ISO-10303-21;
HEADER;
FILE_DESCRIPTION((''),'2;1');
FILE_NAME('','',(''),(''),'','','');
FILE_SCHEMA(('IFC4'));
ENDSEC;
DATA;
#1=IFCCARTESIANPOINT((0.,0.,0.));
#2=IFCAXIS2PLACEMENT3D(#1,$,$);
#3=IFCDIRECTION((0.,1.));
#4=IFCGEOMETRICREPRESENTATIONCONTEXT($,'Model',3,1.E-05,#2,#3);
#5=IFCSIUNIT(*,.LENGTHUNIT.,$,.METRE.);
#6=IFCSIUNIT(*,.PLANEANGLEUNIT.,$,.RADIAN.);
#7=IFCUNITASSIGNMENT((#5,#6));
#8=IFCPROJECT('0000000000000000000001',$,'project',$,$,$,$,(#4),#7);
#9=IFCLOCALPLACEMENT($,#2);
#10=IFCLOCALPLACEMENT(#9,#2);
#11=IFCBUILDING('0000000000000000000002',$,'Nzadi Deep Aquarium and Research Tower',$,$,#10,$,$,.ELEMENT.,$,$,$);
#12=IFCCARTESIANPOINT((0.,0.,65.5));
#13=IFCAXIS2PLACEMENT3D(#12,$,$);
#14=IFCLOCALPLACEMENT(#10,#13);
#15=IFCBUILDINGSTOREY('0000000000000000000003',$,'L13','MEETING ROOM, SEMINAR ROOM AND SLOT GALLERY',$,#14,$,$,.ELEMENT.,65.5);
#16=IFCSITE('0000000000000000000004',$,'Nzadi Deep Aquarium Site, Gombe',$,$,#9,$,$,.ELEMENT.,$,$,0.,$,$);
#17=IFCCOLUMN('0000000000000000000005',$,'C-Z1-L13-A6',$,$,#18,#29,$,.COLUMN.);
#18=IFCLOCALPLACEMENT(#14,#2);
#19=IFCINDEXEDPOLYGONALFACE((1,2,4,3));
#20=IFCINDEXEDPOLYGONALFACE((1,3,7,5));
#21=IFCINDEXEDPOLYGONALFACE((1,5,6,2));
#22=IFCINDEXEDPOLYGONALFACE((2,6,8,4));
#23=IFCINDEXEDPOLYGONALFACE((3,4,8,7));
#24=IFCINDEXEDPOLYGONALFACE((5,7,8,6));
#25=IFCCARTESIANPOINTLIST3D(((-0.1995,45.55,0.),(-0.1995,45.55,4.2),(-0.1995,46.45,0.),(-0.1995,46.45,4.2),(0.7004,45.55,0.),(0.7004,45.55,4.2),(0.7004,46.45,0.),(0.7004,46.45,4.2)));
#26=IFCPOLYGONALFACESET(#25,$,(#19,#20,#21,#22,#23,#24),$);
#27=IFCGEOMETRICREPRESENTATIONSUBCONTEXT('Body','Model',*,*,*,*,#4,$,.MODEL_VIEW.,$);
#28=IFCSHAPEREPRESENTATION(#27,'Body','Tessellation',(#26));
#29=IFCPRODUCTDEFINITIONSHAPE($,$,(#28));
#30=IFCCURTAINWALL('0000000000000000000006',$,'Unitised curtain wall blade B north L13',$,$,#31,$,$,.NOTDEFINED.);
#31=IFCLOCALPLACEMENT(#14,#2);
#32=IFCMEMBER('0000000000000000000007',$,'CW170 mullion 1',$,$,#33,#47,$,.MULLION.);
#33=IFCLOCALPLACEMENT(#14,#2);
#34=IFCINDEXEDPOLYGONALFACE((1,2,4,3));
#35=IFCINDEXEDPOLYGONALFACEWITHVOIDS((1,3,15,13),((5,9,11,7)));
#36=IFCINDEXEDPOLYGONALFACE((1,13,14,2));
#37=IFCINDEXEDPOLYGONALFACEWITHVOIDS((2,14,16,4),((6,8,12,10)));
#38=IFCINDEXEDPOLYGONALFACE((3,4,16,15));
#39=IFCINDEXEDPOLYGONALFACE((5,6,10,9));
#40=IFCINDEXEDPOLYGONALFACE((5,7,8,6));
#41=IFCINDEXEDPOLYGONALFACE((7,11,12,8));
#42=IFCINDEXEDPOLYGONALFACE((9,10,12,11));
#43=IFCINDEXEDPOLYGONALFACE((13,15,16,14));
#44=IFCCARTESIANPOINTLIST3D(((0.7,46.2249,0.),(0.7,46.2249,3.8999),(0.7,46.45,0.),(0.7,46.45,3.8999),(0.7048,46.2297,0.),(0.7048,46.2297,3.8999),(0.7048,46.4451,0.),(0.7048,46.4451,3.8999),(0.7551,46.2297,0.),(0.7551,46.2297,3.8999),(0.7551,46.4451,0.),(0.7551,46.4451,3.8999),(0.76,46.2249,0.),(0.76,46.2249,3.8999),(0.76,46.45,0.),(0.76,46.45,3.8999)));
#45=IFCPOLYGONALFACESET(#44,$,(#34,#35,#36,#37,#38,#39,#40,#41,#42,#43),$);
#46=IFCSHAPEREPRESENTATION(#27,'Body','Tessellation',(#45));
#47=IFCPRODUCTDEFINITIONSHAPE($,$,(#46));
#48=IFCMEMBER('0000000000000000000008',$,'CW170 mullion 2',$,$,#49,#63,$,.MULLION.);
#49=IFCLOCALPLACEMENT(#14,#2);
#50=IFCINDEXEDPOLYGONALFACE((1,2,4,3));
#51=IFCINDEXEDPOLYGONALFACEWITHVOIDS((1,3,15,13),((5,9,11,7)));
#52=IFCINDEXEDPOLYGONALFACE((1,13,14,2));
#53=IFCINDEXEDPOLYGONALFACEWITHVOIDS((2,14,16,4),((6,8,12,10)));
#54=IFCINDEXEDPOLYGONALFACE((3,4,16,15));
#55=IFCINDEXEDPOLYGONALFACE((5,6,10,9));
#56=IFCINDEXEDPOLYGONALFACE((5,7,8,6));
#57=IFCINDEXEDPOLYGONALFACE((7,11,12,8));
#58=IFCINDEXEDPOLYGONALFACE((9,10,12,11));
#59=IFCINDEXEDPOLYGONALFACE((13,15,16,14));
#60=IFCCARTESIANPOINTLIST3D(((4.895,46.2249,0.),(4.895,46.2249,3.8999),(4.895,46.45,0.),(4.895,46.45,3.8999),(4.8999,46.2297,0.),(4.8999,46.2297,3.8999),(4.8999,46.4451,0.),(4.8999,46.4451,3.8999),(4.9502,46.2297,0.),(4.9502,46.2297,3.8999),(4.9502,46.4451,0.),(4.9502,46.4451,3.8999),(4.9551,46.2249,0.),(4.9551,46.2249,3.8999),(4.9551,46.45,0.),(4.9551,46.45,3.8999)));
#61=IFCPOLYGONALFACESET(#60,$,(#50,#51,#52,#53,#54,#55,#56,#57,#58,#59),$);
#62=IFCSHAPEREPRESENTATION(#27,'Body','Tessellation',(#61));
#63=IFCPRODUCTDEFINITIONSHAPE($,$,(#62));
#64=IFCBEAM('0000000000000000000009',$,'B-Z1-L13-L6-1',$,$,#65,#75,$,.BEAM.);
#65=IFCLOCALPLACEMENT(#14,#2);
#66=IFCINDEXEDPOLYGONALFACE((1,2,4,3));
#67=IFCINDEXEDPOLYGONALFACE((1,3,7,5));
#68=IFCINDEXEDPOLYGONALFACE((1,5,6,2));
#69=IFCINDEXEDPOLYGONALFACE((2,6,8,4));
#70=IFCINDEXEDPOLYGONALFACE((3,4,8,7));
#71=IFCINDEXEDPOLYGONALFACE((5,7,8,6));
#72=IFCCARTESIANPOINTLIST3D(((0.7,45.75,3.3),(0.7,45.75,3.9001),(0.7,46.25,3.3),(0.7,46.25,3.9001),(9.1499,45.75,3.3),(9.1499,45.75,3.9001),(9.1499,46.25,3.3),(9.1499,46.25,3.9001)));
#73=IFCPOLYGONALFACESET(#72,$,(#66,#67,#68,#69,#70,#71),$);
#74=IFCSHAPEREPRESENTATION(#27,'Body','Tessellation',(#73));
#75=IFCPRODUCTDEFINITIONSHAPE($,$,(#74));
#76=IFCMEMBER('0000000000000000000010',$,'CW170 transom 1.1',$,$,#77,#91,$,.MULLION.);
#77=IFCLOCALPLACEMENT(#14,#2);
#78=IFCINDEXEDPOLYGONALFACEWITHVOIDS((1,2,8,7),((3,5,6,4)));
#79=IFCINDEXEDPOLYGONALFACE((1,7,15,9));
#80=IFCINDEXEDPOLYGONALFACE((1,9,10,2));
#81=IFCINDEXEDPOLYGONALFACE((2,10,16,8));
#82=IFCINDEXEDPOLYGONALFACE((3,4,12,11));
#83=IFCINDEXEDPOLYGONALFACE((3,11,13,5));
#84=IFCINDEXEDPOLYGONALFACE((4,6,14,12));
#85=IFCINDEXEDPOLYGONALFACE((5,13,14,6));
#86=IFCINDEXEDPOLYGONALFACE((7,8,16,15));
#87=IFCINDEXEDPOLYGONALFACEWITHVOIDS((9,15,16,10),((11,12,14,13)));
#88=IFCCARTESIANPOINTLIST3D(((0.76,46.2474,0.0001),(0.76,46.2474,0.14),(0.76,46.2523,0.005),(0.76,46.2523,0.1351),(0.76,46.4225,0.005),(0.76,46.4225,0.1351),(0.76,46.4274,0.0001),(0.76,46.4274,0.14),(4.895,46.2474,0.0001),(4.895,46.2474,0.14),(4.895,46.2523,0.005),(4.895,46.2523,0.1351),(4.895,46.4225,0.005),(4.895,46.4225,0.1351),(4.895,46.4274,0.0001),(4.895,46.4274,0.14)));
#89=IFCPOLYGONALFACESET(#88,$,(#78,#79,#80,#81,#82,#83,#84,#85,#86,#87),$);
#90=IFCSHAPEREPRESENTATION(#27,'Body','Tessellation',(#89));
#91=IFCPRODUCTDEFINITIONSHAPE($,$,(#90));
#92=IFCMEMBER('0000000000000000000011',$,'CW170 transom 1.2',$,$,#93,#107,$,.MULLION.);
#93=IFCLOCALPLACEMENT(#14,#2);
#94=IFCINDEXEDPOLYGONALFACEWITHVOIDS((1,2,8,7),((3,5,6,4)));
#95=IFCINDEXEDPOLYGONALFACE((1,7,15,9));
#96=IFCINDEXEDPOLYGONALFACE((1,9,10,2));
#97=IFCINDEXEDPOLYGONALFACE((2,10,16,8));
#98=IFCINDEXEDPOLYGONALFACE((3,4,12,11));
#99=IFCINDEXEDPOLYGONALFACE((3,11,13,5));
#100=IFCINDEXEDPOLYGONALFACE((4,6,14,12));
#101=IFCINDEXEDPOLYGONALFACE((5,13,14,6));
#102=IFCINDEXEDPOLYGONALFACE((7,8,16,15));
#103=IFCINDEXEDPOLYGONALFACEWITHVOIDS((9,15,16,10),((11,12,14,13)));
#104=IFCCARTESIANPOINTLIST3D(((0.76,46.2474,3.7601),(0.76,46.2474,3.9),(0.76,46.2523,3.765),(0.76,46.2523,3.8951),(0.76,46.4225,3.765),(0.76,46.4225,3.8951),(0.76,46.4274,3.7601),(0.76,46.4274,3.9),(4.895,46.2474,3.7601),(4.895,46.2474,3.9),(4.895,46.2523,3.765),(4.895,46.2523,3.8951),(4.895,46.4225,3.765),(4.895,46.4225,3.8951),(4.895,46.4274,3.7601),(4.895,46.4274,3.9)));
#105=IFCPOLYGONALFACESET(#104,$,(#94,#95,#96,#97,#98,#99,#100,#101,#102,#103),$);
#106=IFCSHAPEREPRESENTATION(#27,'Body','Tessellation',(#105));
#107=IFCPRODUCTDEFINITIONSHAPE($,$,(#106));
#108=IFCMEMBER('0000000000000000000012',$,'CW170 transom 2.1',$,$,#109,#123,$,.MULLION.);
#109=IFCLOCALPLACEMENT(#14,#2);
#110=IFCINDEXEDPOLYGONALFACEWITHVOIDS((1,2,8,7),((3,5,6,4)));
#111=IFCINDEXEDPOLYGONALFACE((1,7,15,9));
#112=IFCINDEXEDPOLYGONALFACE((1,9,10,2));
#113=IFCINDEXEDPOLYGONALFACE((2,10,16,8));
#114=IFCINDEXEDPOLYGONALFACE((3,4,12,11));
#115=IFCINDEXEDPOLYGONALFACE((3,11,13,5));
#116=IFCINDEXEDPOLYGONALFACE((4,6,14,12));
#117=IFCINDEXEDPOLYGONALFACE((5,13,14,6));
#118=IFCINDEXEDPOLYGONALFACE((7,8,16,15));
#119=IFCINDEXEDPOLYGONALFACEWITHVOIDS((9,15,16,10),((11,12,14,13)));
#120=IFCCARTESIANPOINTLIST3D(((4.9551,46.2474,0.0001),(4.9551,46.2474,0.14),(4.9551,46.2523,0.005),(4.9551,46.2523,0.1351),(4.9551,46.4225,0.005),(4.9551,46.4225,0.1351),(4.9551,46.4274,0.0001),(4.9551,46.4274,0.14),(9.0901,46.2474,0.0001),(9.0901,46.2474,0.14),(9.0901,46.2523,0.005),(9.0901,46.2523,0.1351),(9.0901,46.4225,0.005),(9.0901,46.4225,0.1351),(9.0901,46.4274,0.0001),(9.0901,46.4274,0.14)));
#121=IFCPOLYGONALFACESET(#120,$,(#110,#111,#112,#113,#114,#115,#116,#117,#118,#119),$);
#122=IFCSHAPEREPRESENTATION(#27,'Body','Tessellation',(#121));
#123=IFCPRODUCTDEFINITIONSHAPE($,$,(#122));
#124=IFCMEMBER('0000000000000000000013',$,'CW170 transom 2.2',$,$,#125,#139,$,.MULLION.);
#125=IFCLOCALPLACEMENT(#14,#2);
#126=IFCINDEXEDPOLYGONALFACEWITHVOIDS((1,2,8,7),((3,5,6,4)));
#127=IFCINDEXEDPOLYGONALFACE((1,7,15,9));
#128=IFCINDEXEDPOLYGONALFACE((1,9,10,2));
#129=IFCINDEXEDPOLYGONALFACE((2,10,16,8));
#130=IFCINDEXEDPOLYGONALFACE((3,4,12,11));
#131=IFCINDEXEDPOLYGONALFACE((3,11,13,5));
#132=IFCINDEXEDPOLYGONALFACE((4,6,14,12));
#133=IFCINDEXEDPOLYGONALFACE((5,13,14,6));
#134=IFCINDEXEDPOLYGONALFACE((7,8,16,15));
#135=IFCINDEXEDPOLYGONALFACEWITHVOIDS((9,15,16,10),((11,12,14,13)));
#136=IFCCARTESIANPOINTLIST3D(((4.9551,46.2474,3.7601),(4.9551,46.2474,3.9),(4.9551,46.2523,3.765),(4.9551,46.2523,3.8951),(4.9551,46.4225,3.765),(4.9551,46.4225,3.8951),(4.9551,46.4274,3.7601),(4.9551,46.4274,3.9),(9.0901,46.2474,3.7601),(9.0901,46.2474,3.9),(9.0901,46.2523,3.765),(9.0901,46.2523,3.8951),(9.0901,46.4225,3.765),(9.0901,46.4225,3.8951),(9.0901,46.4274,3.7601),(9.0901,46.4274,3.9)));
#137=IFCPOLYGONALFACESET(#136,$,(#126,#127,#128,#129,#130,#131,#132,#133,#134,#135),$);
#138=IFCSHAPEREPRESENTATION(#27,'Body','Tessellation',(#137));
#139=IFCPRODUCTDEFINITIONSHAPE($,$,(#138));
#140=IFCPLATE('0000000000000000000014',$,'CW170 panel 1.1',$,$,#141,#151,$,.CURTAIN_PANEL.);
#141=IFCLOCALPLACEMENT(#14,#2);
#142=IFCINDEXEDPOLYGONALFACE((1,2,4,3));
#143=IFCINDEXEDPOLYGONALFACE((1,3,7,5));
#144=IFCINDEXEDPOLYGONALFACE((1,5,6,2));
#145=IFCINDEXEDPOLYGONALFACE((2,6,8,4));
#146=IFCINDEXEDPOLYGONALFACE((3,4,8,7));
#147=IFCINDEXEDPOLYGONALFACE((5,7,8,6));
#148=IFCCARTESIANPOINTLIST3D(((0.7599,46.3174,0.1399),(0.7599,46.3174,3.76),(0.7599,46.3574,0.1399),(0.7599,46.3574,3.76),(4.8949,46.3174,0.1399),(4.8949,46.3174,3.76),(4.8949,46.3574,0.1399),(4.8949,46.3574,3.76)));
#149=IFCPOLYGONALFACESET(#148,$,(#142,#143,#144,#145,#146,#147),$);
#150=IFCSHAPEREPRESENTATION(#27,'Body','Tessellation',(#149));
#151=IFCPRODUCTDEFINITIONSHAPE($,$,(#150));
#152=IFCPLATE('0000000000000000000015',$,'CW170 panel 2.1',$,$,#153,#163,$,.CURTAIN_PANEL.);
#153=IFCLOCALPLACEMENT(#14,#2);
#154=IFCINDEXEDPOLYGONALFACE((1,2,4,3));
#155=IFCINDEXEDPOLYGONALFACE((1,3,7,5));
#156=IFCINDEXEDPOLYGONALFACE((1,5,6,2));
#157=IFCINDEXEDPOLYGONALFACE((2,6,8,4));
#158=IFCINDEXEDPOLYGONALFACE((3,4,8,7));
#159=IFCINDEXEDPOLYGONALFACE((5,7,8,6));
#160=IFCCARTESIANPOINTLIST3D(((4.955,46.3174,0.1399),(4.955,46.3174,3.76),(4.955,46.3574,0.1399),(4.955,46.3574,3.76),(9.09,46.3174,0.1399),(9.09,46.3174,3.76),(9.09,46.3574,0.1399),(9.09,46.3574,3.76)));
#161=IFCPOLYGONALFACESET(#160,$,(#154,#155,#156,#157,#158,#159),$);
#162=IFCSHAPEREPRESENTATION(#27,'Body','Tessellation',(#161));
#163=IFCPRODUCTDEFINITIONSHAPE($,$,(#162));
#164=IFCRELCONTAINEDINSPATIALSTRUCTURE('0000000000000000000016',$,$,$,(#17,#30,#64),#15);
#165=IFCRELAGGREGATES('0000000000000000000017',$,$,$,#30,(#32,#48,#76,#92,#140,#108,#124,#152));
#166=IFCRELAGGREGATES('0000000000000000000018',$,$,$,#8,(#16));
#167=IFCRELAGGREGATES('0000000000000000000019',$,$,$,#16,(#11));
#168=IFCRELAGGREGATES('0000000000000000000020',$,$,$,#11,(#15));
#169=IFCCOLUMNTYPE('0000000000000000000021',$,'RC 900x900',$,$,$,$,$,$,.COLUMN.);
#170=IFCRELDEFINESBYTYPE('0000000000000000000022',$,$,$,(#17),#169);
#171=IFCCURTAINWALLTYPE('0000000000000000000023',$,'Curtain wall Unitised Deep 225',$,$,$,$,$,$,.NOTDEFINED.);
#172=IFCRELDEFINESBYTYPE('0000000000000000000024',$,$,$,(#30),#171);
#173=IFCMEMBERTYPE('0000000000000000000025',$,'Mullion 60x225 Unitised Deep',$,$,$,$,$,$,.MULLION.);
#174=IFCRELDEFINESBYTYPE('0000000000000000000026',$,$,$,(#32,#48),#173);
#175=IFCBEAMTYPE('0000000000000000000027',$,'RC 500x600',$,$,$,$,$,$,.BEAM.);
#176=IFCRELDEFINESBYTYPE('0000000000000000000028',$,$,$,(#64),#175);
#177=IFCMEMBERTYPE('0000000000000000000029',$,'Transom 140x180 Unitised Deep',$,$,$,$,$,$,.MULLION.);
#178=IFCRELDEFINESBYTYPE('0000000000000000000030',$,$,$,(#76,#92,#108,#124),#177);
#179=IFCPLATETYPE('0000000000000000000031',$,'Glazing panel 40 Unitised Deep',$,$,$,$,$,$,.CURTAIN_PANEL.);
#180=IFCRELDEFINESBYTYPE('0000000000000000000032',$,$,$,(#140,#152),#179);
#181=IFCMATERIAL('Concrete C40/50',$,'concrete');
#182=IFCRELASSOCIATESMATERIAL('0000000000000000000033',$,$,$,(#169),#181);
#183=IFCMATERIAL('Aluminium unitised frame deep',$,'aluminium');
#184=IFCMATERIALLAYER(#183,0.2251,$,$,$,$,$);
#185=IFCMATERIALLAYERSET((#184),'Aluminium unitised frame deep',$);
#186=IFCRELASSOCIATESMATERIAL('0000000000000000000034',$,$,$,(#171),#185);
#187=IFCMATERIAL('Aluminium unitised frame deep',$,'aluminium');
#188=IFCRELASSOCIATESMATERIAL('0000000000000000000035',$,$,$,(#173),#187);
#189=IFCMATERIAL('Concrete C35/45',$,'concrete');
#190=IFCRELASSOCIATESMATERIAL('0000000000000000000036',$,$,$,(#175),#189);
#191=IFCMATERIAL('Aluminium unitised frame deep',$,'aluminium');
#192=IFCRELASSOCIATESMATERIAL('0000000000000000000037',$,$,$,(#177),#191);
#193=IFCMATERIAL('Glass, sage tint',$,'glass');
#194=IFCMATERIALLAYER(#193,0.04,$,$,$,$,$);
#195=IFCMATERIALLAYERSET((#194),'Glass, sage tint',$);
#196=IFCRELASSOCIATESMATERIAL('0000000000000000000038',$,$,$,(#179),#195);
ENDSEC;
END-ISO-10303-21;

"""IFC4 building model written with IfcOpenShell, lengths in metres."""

from ifc_helpers import new_model, si_unit, direction, frame, origin, origin_2d, place, context, subcontext, project, spatial, rectangle, hollow_rectangle, extrude, material, layer, layer_set, material_profile, profile_set, type_object, element, aggregate, save


model = new_model("IFC4")

# Units and contexts
model_context = context("Model", 3, precision=1e-05, world=origin(), true_north=direction((0.0, 1.0)))
body_context = subcontext(model_context, "Body", "Model", "MODEL_VIEW")
ifc_project = project(units=[si_unit("LENGTHUNIT", "METRE"), si_unit("PLANEANGLEUNIT", "RADIAN")], contexts=[model_context])

# Site, building, storey
site_placement = place(None, origin())
site = spatial("IfcSite", under=ifc_project, at=site_placement, Name="Nzadi Deep Aquarium Site, Gombe", CompositionType="ELEMENT", RefElevation=0.0)
building_placement = place(site_placement, origin())
building = spatial("IfcBuilding", under=site, at=building_placement, Name="Nzadi Deep Aquarium and Research Tower", CompositionType="ELEMENT")
storey_placement = place(building_placement, frame((0.0, 0.0, 65.5)))
storey = spatial("IfcBuildingStorey", under=building, at=storey_placement, Name="L13", Description="MEETING ROOM, SEMINAR ROOM AND SLOT GALLERY", CompositionType="ELEMENT", Elevation=65.5)

# Column
ifc_material_1 = material(Name="Concrete C40/50", Category="concrete")
ifc_material_profile_1 = material_profile(ifc_material_1, rectangle(XDim=0.8999, YDim=0.8999, at=origin_2d()))
ifc_profile_set_1 = profile_set([ifc_material_profile_1], Name="Concrete C40/50")
column_type = type_object("IfcColumnType", Name="RC 900x900", PredefinedType="COLUMN", material=ifc_profile_set_1)
column_placement = place(storey_placement, frame((0.2505, 46.0, 0.0), z_axis=(0.0, 0.0, 1.0), x_axis=(1.0, 0.0, 0.0)))
element("IfcColumn", 1, at=column_placement, inside=storey, type_object=column_type, Name="C-Z1-L13-A6", PredefinedType="COLUMN", context=body_context, shape_type="SweptSolid", body=[
    extrude(rectangle(XDim=0.8999, YDim=0.8999, at=origin_2d()), origin(), (0.0, 0.0, 1.0), 4.2),
])

# Curtain wall, members
ifc_material_2 = material(Name="Aluminium unitised frame deep", Category="aluminium")
ifc_layer_1 = layer(ifc_material_2, 0.2251)
ifc_layer_set_1 = layer_set([ifc_layer_1], Name="Aluminium unitised frame deep")
curtain_wall_type = type_object("IfcCurtainWallType", Name="Curtain wall Unitised Deep 225", PredefinedType="NOTDEFINED", material=ifc_layer_set_1)
curtain_wall_placement = place(storey_placement, origin())
curtain_wall = element("IfcCurtainWall", 2, at=curtain_wall_placement, inside=storey, type_object=curtain_wall_type, Name="Unitised curtain wall blade B north L13", PredefinedType="NOTDEFINED")
ifc_material_3 = material(Name="Aluminium unitised frame deep", Category="aluminium")
ifc_material_profile_2 = material_profile(ifc_material_3, hollow_rectangle(XDim=0.2251, YDim=0.0601, WallThickness=0.0049, at=origin_2d()))
ifc_profile_set_2 = profile_set([ifc_material_profile_2], Name="Aluminium unitised frame deep")
member_type_1 = type_object("IfcMemberType", Name="Mullion 60x225 Unitised Deep", PredefinedType="MULLION", material=ifc_profile_set_2)
member_1_placement = place(storey_placement, frame((0.73, 46.3374, 0.0), z_axis=(0.0, 0.0, 1.0), x_axis=(0.0, 1.0, 0.0)))
member_1 = element("IfcMember", 3, at=member_1_placement, type_object=member_type_1, Name="CW170 mullion 1", PredefinedType="MULLION", context=body_context, shape_type="SweptSolid", body=[
    extrude(hollow_rectangle(XDim=0.2251, YDim=0.0601, WallThickness=0.0049, at=origin_2d()), origin(), (0.0, 0.0, 1.0), 3.8999),
])
member_2_placement = place(storey_placement, frame((4.925, 46.3374, 0.0), z_axis=(0.0, 0.0, 1.0), x_axis=(0.0, 1.0, 0.0)))
member_2 = element("IfcMember", 4, at=member_2_placement, type_object=member_type_1, Name="CW170 mullion 2", PredefinedType="MULLION", context=body_context, shape_type="SweptSolid", body=[
    extrude(hollow_rectangle(XDim=0.2251, YDim=0.0601, WallThickness=0.0049, at=origin_2d()), origin(), (0.0, 0.0, 1.0), 3.8999),
])

# Beam
ifc_material_4 = material(Name="Concrete C35/45", Category="concrete")
ifc_material_profile_3 = material_profile(ifc_material_4, rectangle(XDim=0.5, YDim=0.6001, at=origin_2d()))
ifc_profile_set_3 = profile_set([ifc_material_profile_3], Name="Concrete C35/45")
beam_type = type_object("IfcBeamType", Name="RC 500x600", PredefinedType="BEAM", material=ifc_profile_set_3)
beam_placement = place(storey_placement, frame((0.7, 46.0, 3.6001), z_axis=(1.0, 0.0, 0.0), x_axis=(0.0, 1.0, 0.0)))
element("IfcBeam", 5, at=beam_placement, inside=storey, type_object=beam_type, Name="B-Z1-L13-L6-1", PredefinedType="BEAM", context=body_context, shape_type="SweptSolid", body=[
    extrude(rectangle(XDim=0.5, YDim=0.6001, at=origin_2d()), origin(), (0.0, 0.0, 1.0), 8.45),
])

# Members
ifc_material_5 = material(Name="Aluminium unitised frame deep", Category="aluminium")
ifc_material_profile_4 = material_profile(ifc_material_5, hollow_rectangle(XDim=0.1799, YDim=0.1399, WallThickness=0.0049, at=origin_2d()))
ifc_profile_set_4 = profile_set([ifc_material_profile_4], Name="Aluminium unitised frame deep")
member_type_2 = type_object("IfcMemberType", Name="Transom 140x180 Unitised Deep", PredefinedType="MULLION", material=ifc_profile_set_4)
member_3_placement = place(storey_placement, frame((0.76, 46.3374, 0.0701), z_axis=(1.0, 0.0, 0.0), x_axis=(0.0, 1.0, 0.0)))
member_3 = element("IfcMember", 6, at=member_3_placement, type_object=member_type_2, Name="CW170 transom 1.1", PredefinedType="MULLION", context=body_context, shape_type="SweptSolid", body=[
    extrude(hollow_rectangle(XDim=0.1799, YDim=0.1399, WallThickness=0.0049, at=origin_2d()), origin(), (0.0, 0.0, 1.0), 4.135),
])
member_4_placement = place(storey_placement, frame((0.76, 46.3374, 3.8301), z_axis=(1.0, 0.0, 0.0), x_axis=(0.0, 1.0, 0.0)))
member_4 = element("IfcMember", 7, at=member_4_placement, type_object=member_type_2, Name="CW170 transom 1.2", PredefinedType="MULLION", context=body_context, shape_type="SweptSolid", body=[
    extrude(hollow_rectangle(XDim=0.1799, YDim=0.1399, WallThickness=0.0049, at=origin_2d()), origin(), (0.0, 0.0, 1.0), 4.135),
])
member_5_placement = place(storey_placement, frame((4.9551, 46.3374, 0.0701), z_axis=(1.0, 0.0, 0.0), x_axis=(0.0, 1.0, 0.0)))
member_5 = element("IfcMember", 8, at=member_5_placement, type_object=member_type_2, Name="CW170 transom 2.1", PredefinedType="MULLION", context=body_context, shape_type="SweptSolid", body=[
    extrude(hollow_rectangle(XDim=0.1799, YDim=0.1399, WallThickness=0.0049, at=origin_2d()), origin(), (0.0, 0.0, 1.0), 4.135),
])
member_6_placement = place(storey_placement, frame((4.9551, 46.3374, 3.8301), z_axis=(1.0, 0.0, 0.0), x_axis=(0.0, 1.0, 0.0)))
member_6 = element("IfcMember", 9, at=member_6_placement, type_object=member_type_2, Name="CW170 transom 2.2", PredefinedType="MULLION", context=body_context, shape_type="SweptSolid", body=[
    extrude(hollow_rectangle(XDim=0.1799, YDim=0.1399, WallThickness=0.0049, at=origin_2d()), origin(), (0.0, 0.0, 1.0), 4.135),
])

# Plates
ifc_material_6 = material(Name="Glass, sage tint", Category="glass")
ifc_layer_2 = layer(ifc_material_6, 0.04)
ifc_layer_set_2 = layer_set([ifc_layer_2], Name="Glass, sage tint")
plate_type = type_object("IfcPlateType", Name="Glazing panel 40 Unitised Deep", PredefinedType="CURTAIN_PANEL", material=ifc_layer_set_2)
plate_1_placement = place(storey_placement, frame((2.8274, 46.3374, 0.1399), z_axis=(0.0, 0.0, 1.0), x_axis=(1.0, 0.0, 0.0)))
plate_1 = element("IfcPlate", 10, at=plate_1_placement, type_object=plate_type, Name="CW170 panel 1.1", PredefinedType="CURTAIN_PANEL", context=body_context, shape_type="SweptSolid", body=[
    extrude(rectangle(XDim=4.135, YDim=0.04, at=origin_2d()), origin(), (0.0, 0.0, 1.0), 3.6201),
])
plate_2_placement = place(storey_placement, frame((7.0225, 46.3374, 0.1399), z_axis=(0.0, 0.0, 1.0), x_axis=(1.0, 0.0, 0.0)))
plate_2 = element("IfcPlate", 11, at=plate_2_placement, type_object=plate_type, Name="CW170 panel 2.1", PredefinedType="CURTAIN_PANEL", context=body_context, shape_type="SweptSolid", body=[
    extrude(rectangle(XDim=4.135, YDim=0.04, at=origin_2d()), origin(), (0.0, 0.0, 1.0), 3.6201),
])
aggregate(curtain_wall, [member_1, member_2, member_3, member_4, plate_1, member_5, member_6, plate_2])

save(model, "model.ifc")
